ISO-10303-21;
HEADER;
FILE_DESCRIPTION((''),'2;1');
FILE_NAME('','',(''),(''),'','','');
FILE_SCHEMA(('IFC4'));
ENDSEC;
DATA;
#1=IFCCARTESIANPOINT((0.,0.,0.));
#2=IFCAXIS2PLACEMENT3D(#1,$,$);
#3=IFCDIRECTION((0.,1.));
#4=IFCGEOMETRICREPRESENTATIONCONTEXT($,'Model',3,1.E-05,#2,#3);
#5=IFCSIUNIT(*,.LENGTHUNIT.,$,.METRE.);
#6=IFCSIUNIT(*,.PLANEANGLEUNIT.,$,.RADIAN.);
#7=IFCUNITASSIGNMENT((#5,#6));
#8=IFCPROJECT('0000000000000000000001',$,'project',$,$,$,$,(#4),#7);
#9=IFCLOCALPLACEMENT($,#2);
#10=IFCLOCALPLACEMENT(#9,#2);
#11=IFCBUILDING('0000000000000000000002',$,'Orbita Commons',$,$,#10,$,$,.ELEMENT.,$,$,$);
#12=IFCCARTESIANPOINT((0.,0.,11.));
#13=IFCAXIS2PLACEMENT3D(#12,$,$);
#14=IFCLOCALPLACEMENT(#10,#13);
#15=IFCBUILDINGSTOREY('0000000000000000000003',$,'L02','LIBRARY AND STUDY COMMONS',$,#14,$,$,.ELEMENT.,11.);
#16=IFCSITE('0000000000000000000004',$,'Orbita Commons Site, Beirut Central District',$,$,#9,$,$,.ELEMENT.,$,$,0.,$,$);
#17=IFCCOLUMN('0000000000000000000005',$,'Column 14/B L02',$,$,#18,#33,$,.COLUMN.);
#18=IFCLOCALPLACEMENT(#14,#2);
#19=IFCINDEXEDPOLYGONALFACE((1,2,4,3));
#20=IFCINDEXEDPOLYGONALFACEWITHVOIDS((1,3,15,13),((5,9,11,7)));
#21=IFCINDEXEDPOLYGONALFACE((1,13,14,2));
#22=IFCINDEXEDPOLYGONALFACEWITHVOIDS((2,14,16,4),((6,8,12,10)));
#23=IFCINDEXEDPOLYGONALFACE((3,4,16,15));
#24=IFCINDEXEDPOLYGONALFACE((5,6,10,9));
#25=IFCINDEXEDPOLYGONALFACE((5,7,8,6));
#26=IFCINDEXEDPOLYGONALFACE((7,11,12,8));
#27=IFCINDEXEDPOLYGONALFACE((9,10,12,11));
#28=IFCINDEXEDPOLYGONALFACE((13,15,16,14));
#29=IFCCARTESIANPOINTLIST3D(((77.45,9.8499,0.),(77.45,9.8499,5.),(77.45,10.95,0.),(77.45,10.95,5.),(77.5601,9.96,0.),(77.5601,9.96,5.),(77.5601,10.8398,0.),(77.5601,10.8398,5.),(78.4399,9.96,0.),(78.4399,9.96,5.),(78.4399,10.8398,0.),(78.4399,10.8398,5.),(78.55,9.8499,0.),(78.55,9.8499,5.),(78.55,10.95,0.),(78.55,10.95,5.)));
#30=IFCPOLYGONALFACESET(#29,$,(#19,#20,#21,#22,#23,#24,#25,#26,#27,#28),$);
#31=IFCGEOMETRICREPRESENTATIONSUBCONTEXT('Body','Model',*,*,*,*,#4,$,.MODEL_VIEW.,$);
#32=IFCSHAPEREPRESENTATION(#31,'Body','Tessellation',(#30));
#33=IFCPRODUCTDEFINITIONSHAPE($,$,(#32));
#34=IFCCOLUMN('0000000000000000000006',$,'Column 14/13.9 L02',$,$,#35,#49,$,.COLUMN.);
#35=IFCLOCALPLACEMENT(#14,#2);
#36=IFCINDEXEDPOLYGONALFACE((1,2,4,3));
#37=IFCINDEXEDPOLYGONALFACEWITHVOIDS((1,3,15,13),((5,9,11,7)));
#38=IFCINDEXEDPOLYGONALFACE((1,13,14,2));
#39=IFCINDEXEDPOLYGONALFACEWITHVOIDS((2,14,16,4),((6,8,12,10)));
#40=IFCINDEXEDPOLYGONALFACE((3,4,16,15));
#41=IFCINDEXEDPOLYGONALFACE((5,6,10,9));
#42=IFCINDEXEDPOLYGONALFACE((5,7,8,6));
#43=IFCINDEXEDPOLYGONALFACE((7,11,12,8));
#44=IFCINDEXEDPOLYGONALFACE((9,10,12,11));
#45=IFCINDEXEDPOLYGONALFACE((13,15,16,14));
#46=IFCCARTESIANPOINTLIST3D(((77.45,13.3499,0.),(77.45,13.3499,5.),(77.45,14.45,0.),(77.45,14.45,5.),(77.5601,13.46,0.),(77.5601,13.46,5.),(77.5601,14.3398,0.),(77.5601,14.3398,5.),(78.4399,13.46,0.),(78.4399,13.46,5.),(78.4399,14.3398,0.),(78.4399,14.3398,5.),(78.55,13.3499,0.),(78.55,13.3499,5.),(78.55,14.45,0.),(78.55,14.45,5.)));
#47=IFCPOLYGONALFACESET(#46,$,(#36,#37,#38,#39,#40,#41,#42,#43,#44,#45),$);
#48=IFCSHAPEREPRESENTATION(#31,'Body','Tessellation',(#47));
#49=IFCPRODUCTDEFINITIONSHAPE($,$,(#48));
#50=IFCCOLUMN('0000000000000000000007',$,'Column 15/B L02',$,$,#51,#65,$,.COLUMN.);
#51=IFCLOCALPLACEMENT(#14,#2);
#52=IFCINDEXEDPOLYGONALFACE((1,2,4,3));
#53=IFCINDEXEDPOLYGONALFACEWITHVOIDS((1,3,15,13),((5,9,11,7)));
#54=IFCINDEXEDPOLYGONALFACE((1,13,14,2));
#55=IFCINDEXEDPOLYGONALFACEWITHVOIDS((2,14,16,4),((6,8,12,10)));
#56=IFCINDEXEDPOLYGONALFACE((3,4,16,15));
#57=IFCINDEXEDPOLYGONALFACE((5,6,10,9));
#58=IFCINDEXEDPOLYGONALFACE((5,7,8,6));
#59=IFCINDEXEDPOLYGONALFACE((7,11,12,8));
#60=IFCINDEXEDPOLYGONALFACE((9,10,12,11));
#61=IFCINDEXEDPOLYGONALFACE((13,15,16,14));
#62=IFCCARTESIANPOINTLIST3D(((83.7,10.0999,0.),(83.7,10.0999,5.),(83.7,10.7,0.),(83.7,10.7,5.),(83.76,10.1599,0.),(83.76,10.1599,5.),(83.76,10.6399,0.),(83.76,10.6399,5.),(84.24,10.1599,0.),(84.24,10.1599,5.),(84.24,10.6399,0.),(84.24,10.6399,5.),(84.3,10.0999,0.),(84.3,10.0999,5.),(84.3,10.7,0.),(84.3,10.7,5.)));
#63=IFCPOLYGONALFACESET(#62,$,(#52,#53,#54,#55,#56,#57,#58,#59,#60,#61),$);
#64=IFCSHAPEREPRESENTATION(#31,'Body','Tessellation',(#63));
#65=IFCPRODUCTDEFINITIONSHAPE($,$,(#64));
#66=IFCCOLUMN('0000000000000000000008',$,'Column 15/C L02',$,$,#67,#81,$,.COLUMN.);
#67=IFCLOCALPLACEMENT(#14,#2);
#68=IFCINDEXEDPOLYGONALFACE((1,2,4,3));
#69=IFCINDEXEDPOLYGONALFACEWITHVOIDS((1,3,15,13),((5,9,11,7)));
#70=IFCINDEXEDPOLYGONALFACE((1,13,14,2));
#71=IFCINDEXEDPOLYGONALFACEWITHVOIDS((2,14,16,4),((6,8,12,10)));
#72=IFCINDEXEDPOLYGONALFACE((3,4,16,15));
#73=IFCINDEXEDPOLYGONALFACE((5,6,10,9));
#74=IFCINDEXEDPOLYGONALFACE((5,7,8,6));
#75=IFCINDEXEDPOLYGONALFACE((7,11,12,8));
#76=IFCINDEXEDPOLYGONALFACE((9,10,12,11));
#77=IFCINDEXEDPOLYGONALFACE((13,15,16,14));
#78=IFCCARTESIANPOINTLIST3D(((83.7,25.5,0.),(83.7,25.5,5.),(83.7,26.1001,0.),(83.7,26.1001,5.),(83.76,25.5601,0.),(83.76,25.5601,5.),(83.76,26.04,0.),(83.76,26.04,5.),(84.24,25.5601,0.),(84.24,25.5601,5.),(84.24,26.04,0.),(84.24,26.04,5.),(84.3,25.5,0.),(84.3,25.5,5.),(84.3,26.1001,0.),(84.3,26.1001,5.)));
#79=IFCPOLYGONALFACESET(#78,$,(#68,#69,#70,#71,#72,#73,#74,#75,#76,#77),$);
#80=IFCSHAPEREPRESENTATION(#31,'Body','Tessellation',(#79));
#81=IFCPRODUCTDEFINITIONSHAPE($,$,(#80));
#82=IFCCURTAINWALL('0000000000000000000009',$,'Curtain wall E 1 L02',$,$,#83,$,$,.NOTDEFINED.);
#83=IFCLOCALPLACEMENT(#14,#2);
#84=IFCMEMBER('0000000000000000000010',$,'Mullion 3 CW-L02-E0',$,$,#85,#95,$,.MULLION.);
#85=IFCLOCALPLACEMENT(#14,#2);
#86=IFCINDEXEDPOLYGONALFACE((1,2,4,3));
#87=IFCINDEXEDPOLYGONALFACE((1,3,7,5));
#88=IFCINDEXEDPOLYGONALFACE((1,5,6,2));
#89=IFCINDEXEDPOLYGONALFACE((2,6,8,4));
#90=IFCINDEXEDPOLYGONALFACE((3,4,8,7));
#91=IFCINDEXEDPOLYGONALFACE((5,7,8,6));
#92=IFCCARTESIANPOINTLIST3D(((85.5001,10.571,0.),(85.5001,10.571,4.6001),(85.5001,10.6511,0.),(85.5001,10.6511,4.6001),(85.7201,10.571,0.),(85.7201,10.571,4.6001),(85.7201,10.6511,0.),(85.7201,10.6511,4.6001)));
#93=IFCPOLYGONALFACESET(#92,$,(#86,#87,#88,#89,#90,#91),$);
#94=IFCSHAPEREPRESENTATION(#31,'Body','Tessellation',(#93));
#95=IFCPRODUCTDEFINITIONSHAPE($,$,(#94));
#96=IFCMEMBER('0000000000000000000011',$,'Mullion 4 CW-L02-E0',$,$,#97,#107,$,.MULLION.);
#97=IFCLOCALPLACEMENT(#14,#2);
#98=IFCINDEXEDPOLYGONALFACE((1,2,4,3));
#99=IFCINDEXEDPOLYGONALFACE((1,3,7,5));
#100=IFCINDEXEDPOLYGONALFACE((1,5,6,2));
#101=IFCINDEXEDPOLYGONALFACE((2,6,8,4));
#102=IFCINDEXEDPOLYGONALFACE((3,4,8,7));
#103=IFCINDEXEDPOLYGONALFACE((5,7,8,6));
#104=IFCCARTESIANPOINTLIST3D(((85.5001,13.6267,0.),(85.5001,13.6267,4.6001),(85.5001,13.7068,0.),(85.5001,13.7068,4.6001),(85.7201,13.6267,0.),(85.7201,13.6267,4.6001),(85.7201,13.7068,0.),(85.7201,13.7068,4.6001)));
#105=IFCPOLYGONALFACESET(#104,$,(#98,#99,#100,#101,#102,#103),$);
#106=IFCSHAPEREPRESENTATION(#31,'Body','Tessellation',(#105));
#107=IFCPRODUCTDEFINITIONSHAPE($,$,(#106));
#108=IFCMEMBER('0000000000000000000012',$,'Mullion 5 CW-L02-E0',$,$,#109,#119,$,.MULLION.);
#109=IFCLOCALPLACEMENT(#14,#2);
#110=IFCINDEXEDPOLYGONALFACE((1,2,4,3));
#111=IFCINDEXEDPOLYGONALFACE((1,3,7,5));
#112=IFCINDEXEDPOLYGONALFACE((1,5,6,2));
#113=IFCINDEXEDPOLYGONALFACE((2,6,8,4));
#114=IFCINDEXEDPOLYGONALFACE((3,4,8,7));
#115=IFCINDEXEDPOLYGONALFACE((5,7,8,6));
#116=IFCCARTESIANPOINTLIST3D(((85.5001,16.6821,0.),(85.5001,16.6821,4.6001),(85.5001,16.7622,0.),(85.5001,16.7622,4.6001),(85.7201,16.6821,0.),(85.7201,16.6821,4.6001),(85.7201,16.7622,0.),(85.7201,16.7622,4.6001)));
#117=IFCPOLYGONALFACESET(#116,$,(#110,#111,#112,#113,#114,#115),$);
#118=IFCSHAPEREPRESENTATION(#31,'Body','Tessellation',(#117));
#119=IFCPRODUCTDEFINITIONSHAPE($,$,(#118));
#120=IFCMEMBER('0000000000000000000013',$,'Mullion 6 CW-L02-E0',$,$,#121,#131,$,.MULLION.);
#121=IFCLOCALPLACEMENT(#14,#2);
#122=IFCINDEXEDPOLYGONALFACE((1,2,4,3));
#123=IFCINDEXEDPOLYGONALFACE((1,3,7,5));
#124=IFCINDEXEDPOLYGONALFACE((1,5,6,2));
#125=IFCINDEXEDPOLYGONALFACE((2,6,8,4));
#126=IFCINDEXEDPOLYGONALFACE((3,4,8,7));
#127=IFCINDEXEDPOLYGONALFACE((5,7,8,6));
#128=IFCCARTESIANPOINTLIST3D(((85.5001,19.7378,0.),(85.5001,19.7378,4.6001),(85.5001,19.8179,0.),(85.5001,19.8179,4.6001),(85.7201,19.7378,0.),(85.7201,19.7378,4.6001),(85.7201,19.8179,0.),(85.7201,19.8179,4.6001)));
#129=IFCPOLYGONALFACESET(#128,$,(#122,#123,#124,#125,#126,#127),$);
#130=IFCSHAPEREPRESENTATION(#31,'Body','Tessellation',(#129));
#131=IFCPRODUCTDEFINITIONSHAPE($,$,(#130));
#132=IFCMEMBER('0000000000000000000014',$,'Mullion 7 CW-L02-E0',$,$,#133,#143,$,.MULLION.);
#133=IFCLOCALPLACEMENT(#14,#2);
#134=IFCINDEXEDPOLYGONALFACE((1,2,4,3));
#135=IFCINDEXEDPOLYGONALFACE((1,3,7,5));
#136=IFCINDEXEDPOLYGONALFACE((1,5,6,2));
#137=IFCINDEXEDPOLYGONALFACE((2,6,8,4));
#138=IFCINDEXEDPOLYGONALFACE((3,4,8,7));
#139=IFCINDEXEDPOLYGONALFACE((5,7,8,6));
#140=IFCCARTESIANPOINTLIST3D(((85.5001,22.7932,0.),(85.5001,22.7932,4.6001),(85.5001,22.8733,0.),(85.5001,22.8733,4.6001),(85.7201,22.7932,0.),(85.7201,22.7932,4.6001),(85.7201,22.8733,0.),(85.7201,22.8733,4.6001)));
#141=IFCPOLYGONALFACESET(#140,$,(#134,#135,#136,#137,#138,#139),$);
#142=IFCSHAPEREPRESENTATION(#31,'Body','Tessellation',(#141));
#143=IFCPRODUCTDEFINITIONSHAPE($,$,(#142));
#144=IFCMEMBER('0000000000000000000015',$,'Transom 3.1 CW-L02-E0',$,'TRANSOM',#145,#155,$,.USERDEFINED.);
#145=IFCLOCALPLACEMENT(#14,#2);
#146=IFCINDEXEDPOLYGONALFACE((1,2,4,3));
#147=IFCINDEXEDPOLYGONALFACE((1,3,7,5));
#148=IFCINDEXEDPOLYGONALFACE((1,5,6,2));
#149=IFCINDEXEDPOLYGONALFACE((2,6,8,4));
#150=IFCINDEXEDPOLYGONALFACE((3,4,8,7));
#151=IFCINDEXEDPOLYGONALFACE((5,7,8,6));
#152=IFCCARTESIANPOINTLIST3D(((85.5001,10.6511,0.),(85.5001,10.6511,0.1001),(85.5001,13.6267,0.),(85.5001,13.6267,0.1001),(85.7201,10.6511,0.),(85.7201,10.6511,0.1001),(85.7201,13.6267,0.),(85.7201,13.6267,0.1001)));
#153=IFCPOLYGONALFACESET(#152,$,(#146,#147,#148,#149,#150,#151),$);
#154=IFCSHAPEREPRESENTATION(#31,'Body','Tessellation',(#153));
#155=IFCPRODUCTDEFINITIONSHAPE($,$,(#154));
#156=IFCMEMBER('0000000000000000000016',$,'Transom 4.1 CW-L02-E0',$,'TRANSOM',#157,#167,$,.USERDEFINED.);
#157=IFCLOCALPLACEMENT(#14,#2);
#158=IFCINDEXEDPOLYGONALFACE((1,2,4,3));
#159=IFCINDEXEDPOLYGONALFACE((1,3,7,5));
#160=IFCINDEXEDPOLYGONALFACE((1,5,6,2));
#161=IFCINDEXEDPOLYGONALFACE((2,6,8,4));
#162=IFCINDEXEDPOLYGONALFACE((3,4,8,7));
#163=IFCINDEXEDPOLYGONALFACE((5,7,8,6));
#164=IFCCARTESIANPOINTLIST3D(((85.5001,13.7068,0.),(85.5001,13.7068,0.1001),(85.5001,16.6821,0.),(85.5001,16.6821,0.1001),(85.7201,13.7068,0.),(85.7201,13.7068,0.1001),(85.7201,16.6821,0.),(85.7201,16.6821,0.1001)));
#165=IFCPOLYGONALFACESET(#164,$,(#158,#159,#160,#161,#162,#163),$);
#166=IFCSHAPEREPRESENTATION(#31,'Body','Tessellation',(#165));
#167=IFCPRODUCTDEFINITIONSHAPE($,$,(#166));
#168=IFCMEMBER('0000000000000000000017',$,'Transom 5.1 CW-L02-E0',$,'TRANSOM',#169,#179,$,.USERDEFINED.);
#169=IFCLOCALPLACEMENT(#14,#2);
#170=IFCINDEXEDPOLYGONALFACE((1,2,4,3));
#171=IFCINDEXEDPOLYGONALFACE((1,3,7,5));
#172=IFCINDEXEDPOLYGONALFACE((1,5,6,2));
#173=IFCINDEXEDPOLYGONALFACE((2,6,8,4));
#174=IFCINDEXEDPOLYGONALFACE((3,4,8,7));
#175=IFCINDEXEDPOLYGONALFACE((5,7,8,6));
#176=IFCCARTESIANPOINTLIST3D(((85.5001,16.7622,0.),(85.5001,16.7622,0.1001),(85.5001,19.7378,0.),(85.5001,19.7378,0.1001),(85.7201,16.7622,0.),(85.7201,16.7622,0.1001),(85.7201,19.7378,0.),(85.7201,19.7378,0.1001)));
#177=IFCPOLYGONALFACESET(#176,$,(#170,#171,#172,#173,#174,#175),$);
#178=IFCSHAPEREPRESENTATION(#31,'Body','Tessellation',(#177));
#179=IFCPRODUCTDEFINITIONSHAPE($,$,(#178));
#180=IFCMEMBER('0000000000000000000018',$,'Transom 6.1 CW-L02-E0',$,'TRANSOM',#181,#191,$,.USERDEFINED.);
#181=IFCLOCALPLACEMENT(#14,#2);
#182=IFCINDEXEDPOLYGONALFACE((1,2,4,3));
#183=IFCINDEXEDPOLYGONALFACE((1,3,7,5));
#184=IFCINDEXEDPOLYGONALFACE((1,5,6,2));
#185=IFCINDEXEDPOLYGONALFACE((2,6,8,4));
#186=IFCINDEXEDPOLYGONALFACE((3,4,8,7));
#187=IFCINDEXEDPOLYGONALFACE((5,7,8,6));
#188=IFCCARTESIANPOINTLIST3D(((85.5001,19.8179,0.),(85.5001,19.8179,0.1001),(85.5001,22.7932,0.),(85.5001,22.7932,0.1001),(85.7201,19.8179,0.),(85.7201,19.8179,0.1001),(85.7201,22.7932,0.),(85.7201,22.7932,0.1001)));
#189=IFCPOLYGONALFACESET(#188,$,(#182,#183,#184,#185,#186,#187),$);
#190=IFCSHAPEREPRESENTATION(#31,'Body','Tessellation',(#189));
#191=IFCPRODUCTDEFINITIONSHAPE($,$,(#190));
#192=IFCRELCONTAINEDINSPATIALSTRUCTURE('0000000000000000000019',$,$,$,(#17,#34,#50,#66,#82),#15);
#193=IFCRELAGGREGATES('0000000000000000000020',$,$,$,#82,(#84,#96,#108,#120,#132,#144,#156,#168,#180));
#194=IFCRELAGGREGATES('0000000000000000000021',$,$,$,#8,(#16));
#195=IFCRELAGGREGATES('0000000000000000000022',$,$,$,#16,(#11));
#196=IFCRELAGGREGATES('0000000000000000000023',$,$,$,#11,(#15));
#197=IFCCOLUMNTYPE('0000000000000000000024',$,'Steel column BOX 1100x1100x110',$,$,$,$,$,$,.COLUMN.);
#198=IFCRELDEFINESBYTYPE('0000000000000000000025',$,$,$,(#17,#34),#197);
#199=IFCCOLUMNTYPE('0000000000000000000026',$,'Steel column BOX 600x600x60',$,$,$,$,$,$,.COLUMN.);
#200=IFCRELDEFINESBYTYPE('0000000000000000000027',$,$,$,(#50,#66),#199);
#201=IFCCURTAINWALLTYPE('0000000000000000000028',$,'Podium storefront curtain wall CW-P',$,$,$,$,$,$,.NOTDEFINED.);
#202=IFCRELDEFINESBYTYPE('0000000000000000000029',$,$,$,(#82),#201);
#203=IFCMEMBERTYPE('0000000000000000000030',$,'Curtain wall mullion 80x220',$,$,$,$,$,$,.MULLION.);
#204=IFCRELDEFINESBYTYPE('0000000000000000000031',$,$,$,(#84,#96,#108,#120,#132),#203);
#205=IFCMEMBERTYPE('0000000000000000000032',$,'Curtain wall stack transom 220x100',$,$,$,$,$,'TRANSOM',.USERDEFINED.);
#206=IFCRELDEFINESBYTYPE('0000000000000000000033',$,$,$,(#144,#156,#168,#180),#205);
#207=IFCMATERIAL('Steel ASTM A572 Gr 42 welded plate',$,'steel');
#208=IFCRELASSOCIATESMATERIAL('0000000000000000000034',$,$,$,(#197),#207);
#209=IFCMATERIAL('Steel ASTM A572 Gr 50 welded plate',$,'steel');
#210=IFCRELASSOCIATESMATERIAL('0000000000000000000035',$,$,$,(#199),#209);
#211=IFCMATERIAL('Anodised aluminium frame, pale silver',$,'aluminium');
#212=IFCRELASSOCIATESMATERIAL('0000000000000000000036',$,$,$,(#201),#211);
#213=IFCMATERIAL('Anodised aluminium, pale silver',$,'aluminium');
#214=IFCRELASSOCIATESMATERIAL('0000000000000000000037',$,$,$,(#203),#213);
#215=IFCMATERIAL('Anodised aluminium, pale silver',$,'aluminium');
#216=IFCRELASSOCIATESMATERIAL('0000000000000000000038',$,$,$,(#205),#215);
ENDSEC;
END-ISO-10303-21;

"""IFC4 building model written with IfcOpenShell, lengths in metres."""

from ifc_helpers import new_model, si_unit, direction, frame, origin, origin_2d, place, context, subcontext, project, spatial, rectangle, hollow_rectangle, extrude, material, material_profile, profile_set, type_object, element, aggregate, save


model = new_model("IFC4")

# Units and contexts
model_context = context("Model", 3, precision=1e-05, world=origin(), true_north=direction((0.0, 1.0)))
body_context = subcontext(model_context, "Body", "Model", "MODEL_VIEW")
ifc_project = project(units=[si_unit("LENGTHUNIT", "METRE"), si_unit("PLANEANGLEUNIT", "RADIAN")], contexts=[model_context])

# Site, building, storey
site_placement = place(None, origin())
site = spatial("IfcSite", under=ifc_project, at=site_placement, Name="Orbita Commons Site, Beirut Central District", CompositionType="ELEMENT", RefElevation=0.0)
building_placement = place(site_placement, origin())
building = spatial("IfcBuilding", under=site, at=building_placement, Name="Orbita Commons", CompositionType="ELEMENT")
storey_placement = place(building_placement, frame((0.0, 0.0, 11.0)))
storey = spatial("IfcBuildingStorey", under=building, at=storey_placement, Name="L02", Description="LIBRARY AND STUDY COMMONS", CompositionType="ELEMENT", Elevation=11.0)

# Columns
ifc_material_1 = material(Name="Steel ASTM A572 Gr 42 welded plate", Category="steel")
ifc_material_profile_1 = material_profile(ifc_material_1, hollow_rectangle(XDim=1.1001, YDim=1.1001, WallThickness=0.1101, at=origin_2d()), Name="BOX 1100x1100x110")
ifc_profile_set_1 = profile_set([ifc_material_profile_1], Name="Steel ASTM A572 Gr 42 welded plate")
column_type_1 = type_object("IfcColumnType", Name="Steel column BOX 1100x1100x110", PredefinedType="COLUMN", material=ifc_profile_set_1)
for number, where, z_axis, x_axis, name in (
    (1, (78.0, 10.3999, 0.0), (0.0, 0.0, 1.0), (1.0, 0.0, 0.0), "Column 14/B L02"),
    (2, (78.0, 13.8999, 0.0), (0.0, 0.0, 1.0), (1.0, 0.0, 0.0), "Column 14/13.9 L02"),
):
    element("IfcColumn", number, at=place(storey_placement, frame(where, z_axis=z_axis, x_axis=x_axis)), inside=storey, type_object=column_type_1, Name=name, PredefinedType="COLUMN", context=body_context, shape_type="SweptSolid", body=[
        extrude(hollow_rectangle(XDim=1.1001, YDim=1.1001, WallThickness=0.1101, at=origin_2d()), origin(), (0.0, 0.0, 1.0), 5.0),
    ])
ifc_material_2 = material(Name="Steel ASTM A572 Gr 50 welded plate", Category="steel")
ifc_material_profile_2 = material_profile(ifc_material_2, hollow_rectangle(XDim=0.6001, YDim=0.6001, WallThickness=0.0601, at=origin_2d()), Name="BOX 600x600x60")
ifc_profile_set_2 = profile_set([ifc_material_profile_2], Name="Steel ASTM A572 Gr 50 welded plate")
column_type_2 = type_object("IfcColumnType", Name="Steel column BOX 600x600x60", PredefinedType="COLUMN", material=ifc_profile_set_2)
for number, where, z_axis, x_axis, name in (
    (3, (84.0, 10.3999, 0.0), (0.0, 0.0, 1.0), (1.0, 0.0, 0.0), "Column 15/B L02"),
    (4, (84.0, 25.8, 0.0), (0.0, 0.0, 1.0), (1.0, 0.0, 0.0), "Column 15/C L02"),
):
    element("IfcColumn", number, at=place(storey_placement, frame(where, z_axis=z_axis, x_axis=x_axis)), inside=storey, type_object=column_type_2, Name=name, PredefinedType="COLUMN", context=body_context, shape_type="SweptSolid", body=[
        extrude(hollow_rectangle(XDim=0.6001, YDim=0.6001, WallThickness=0.0601, at=origin_2d()), origin(), (0.0, 0.0, 1.0), 5.0),
    ])

# Curtain wall, members
ifc_material_3 = material(Name="Anodised aluminium frame, pale silver", Category="aluminium")
curtain_wall_type = type_object("IfcCurtainWallType", Name="Podium storefront curtain wall CW-P", PredefinedType="NOTDEFINED", material=ifc_material_3)
curtain_wall_placement = place(storey_placement, origin())
curtain_wall = element("IfcCurtainWall", 5, at=curtain_wall_placement, inside=storey, type_object=curtain_wall_type, Name="Curtain wall E 1 L02", PredefinedType="NOTDEFINED")
ifc_material_4 = material(Name="Anodised aluminium, pale silver", Category="aluminium")
ifc_material_profile_3 = material_profile(ifc_material_4, rectangle(XDim=0.0801, YDim=0.22, at=origin_2d()), Name="AL 80x220")
ifc_profile_set_3 = profile_set([ifc_material_profile_3], Name="Anodised aluminium, pale silver")
member_type_1 = type_object("IfcMemberType", Name="Curtain wall mullion 80x220", PredefinedType="MULLION", material=ifc_profile_set_3)
member_1_placement = place(storey_placement, frame((85.6101, 10.6111, 0.0), z_axis=(0.0, 0.0, 1.0), x_axis=(0.0, 1.0, 0.0)))
member_1 = element("IfcMember", 6, at=member_1_placement, type_object=member_type_1, Name="Mullion 3 CW-L02-E0", PredefinedType="MULLION", context=body_context, shape_type="SweptSolid", body=[
    extrude(rectangle(XDim=0.0801, YDim=0.22, at=origin_2d()), origin(), (0.0, 0.0, 1.0), 4.6001),
])
member_2_placement = place(storey_placement, frame((85.6101, 13.6667, 0.0), z_axis=(0.0, 0.0, 1.0), x_axis=(0.0, 1.0, 0.0)))
member_2 = element("IfcMember", 7, at=member_2_placement, type_object=member_type_1, Name="Mullion 4 CW-L02-E0", PredefinedType="MULLION", context=body_context, shape_type="SweptSolid", body=[
    extrude(rectangle(XDim=0.0801, YDim=0.22, at=origin_2d()), origin(), (0.0, 0.0, 1.0), 4.6001),
])
member_3_placement = place(storey_placement, frame((85.6101, 16.7222, 0.0), z_axis=(0.0, 0.0, 1.0), x_axis=(0.0, 1.0, 0.0)))
member_3 = element("IfcMember", 8, at=member_3_placement, type_object=member_type_1, Name="Mullion 5 CW-L02-E0", PredefinedType="MULLION", context=body_context, shape_type="SweptSolid", body=[
    extrude(rectangle(XDim=0.0801, YDim=0.22, at=origin_2d()), origin(), (0.0, 0.0, 1.0), 4.6001),
])
member_4_placement = place(storey_placement, frame((85.6101, 19.7778, 0.0), z_axis=(0.0, 0.0, 1.0), x_axis=(0.0, 1.0, 0.0)))
member_4 = element("IfcMember", 9, at=member_4_placement, type_object=member_type_1, Name="Mullion 6 CW-L02-E0", PredefinedType="MULLION", context=body_context, shape_type="SweptSolid", body=[
    extrude(rectangle(XDim=0.0801, YDim=0.22, at=origin_2d()), origin(), (0.0, 0.0, 1.0), 4.6001),
])
member_5_placement = place(storey_placement, frame((85.6101, 22.8333, 0.0), z_axis=(0.0, 0.0, 1.0), x_axis=(0.0, 1.0, 0.0)))
member_5 = element("IfcMember", 10, at=member_5_placement, type_object=member_type_1, Name="Mullion 7 CW-L02-E0", PredefinedType="MULLION", context=body_context, shape_type="SweptSolid", body=[
    extrude(rectangle(XDim=0.0801, YDim=0.22, at=origin_2d()), origin(), (0.0, 0.0, 1.0), 4.6001),
])
ifc_material_5 = material(Name="Anodised aluminium, pale silver", Category="aluminium")
ifc_material_profile_4 = material_profile(ifc_material_5, rectangle(XDim=0.22, YDim=0.1001, at=origin_2d()), Name="AL 220x100")
ifc_profile_set_4 = profile_set([ifc_material_profile_4], Name="Anodised aluminium, pale silver")
member_type_2 = type_object("IfcMemberType", Name="Curtain wall stack transom 220x100", ElementType="TRANSOM", PredefinedType="USERDEFINED", material=ifc_profile_set_4)
member_6_placement = place(storey_placement, frame((85.6101, 10.6511, 0.05), z_axis=(0.0, 1.0, 0.0), x_axis=(-1.0, 0.0, 0.0)))
member_6 = element("IfcMember", 11, at=member_6_placement, type_object=member_type_2, Name="Transom 3.1 CW-L02-E0", ObjectType="TRANSOM", PredefinedType="USERDEFINED", context=body_context, shape_type="SweptSolid", body=[
    extrude(rectangle(XDim=0.22, YDim=0.1001, at=origin_2d()), origin(), (0.0, 0.0, 1.0), 2.9756),
])
member_7_placement = place(storey_placement, frame((85.6101, 13.7068, 0.05), z_axis=(0.0, 1.0, 0.0), x_axis=(-1.0, 0.0, 0.0)))
member_7 = element("IfcMember", 12, at=member_7_placement, type_object=member_type_2, Name="Transom 4.1 CW-L02-E0", ObjectType="TRANSOM", PredefinedType="USERDEFINED", context=body_context, shape_type="SweptSolid", body=[
    extrude(rectangle(XDim=0.22, YDim=0.1001, at=origin_2d()), origin(), (0.0, 0.0, 1.0), 2.9753),
])
member_8_placement = place(storey_placement, frame((85.6101, 16.7622, 0.05), z_axis=(0.0, 1.0, 0.0), x_axis=(-1.0, 0.0, 0.0)))
member_8 = element("IfcMember", 13, at=member_8_placement, type_object=member_type_2, Name="Transom 5.1 CW-L02-E0", ObjectType="TRANSOM", PredefinedType="USERDEFINED", context=body_context, shape_type="SweptSolid", body=[
    extrude(rectangle(XDim=0.22, YDim=0.1001, at=origin_2d()), origin(), (0.0, 0.0, 1.0), 2.9756),
])
member_9_placement = place(storey_placement, frame((85.6101, 19.8179, 0.05), z_axis=(0.0, 1.0, 0.0), x_axis=(-1.0, 0.0, 0.0)))
member_9 = element("IfcMember", 14, at=member_9_placement, type_object=member_type_2, Name="Transom 6.1 CW-L02-E0", ObjectType="TRANSOM", PredefinedType="USERDEFINED", context=body_context, shape_type="SweptSolid", body=[
    extrude(rectangle(XDim=0.22, YDim=0.1001, at=origin_2d()), origin(), (0.0, 0.0, 1.0), 2.9753),
])

aggregate(curtain_wall, [member_1, member_2, member_3, member_4, member_5, member_6, member_7, member_8, member_9])

save(model, "model.ifc")
